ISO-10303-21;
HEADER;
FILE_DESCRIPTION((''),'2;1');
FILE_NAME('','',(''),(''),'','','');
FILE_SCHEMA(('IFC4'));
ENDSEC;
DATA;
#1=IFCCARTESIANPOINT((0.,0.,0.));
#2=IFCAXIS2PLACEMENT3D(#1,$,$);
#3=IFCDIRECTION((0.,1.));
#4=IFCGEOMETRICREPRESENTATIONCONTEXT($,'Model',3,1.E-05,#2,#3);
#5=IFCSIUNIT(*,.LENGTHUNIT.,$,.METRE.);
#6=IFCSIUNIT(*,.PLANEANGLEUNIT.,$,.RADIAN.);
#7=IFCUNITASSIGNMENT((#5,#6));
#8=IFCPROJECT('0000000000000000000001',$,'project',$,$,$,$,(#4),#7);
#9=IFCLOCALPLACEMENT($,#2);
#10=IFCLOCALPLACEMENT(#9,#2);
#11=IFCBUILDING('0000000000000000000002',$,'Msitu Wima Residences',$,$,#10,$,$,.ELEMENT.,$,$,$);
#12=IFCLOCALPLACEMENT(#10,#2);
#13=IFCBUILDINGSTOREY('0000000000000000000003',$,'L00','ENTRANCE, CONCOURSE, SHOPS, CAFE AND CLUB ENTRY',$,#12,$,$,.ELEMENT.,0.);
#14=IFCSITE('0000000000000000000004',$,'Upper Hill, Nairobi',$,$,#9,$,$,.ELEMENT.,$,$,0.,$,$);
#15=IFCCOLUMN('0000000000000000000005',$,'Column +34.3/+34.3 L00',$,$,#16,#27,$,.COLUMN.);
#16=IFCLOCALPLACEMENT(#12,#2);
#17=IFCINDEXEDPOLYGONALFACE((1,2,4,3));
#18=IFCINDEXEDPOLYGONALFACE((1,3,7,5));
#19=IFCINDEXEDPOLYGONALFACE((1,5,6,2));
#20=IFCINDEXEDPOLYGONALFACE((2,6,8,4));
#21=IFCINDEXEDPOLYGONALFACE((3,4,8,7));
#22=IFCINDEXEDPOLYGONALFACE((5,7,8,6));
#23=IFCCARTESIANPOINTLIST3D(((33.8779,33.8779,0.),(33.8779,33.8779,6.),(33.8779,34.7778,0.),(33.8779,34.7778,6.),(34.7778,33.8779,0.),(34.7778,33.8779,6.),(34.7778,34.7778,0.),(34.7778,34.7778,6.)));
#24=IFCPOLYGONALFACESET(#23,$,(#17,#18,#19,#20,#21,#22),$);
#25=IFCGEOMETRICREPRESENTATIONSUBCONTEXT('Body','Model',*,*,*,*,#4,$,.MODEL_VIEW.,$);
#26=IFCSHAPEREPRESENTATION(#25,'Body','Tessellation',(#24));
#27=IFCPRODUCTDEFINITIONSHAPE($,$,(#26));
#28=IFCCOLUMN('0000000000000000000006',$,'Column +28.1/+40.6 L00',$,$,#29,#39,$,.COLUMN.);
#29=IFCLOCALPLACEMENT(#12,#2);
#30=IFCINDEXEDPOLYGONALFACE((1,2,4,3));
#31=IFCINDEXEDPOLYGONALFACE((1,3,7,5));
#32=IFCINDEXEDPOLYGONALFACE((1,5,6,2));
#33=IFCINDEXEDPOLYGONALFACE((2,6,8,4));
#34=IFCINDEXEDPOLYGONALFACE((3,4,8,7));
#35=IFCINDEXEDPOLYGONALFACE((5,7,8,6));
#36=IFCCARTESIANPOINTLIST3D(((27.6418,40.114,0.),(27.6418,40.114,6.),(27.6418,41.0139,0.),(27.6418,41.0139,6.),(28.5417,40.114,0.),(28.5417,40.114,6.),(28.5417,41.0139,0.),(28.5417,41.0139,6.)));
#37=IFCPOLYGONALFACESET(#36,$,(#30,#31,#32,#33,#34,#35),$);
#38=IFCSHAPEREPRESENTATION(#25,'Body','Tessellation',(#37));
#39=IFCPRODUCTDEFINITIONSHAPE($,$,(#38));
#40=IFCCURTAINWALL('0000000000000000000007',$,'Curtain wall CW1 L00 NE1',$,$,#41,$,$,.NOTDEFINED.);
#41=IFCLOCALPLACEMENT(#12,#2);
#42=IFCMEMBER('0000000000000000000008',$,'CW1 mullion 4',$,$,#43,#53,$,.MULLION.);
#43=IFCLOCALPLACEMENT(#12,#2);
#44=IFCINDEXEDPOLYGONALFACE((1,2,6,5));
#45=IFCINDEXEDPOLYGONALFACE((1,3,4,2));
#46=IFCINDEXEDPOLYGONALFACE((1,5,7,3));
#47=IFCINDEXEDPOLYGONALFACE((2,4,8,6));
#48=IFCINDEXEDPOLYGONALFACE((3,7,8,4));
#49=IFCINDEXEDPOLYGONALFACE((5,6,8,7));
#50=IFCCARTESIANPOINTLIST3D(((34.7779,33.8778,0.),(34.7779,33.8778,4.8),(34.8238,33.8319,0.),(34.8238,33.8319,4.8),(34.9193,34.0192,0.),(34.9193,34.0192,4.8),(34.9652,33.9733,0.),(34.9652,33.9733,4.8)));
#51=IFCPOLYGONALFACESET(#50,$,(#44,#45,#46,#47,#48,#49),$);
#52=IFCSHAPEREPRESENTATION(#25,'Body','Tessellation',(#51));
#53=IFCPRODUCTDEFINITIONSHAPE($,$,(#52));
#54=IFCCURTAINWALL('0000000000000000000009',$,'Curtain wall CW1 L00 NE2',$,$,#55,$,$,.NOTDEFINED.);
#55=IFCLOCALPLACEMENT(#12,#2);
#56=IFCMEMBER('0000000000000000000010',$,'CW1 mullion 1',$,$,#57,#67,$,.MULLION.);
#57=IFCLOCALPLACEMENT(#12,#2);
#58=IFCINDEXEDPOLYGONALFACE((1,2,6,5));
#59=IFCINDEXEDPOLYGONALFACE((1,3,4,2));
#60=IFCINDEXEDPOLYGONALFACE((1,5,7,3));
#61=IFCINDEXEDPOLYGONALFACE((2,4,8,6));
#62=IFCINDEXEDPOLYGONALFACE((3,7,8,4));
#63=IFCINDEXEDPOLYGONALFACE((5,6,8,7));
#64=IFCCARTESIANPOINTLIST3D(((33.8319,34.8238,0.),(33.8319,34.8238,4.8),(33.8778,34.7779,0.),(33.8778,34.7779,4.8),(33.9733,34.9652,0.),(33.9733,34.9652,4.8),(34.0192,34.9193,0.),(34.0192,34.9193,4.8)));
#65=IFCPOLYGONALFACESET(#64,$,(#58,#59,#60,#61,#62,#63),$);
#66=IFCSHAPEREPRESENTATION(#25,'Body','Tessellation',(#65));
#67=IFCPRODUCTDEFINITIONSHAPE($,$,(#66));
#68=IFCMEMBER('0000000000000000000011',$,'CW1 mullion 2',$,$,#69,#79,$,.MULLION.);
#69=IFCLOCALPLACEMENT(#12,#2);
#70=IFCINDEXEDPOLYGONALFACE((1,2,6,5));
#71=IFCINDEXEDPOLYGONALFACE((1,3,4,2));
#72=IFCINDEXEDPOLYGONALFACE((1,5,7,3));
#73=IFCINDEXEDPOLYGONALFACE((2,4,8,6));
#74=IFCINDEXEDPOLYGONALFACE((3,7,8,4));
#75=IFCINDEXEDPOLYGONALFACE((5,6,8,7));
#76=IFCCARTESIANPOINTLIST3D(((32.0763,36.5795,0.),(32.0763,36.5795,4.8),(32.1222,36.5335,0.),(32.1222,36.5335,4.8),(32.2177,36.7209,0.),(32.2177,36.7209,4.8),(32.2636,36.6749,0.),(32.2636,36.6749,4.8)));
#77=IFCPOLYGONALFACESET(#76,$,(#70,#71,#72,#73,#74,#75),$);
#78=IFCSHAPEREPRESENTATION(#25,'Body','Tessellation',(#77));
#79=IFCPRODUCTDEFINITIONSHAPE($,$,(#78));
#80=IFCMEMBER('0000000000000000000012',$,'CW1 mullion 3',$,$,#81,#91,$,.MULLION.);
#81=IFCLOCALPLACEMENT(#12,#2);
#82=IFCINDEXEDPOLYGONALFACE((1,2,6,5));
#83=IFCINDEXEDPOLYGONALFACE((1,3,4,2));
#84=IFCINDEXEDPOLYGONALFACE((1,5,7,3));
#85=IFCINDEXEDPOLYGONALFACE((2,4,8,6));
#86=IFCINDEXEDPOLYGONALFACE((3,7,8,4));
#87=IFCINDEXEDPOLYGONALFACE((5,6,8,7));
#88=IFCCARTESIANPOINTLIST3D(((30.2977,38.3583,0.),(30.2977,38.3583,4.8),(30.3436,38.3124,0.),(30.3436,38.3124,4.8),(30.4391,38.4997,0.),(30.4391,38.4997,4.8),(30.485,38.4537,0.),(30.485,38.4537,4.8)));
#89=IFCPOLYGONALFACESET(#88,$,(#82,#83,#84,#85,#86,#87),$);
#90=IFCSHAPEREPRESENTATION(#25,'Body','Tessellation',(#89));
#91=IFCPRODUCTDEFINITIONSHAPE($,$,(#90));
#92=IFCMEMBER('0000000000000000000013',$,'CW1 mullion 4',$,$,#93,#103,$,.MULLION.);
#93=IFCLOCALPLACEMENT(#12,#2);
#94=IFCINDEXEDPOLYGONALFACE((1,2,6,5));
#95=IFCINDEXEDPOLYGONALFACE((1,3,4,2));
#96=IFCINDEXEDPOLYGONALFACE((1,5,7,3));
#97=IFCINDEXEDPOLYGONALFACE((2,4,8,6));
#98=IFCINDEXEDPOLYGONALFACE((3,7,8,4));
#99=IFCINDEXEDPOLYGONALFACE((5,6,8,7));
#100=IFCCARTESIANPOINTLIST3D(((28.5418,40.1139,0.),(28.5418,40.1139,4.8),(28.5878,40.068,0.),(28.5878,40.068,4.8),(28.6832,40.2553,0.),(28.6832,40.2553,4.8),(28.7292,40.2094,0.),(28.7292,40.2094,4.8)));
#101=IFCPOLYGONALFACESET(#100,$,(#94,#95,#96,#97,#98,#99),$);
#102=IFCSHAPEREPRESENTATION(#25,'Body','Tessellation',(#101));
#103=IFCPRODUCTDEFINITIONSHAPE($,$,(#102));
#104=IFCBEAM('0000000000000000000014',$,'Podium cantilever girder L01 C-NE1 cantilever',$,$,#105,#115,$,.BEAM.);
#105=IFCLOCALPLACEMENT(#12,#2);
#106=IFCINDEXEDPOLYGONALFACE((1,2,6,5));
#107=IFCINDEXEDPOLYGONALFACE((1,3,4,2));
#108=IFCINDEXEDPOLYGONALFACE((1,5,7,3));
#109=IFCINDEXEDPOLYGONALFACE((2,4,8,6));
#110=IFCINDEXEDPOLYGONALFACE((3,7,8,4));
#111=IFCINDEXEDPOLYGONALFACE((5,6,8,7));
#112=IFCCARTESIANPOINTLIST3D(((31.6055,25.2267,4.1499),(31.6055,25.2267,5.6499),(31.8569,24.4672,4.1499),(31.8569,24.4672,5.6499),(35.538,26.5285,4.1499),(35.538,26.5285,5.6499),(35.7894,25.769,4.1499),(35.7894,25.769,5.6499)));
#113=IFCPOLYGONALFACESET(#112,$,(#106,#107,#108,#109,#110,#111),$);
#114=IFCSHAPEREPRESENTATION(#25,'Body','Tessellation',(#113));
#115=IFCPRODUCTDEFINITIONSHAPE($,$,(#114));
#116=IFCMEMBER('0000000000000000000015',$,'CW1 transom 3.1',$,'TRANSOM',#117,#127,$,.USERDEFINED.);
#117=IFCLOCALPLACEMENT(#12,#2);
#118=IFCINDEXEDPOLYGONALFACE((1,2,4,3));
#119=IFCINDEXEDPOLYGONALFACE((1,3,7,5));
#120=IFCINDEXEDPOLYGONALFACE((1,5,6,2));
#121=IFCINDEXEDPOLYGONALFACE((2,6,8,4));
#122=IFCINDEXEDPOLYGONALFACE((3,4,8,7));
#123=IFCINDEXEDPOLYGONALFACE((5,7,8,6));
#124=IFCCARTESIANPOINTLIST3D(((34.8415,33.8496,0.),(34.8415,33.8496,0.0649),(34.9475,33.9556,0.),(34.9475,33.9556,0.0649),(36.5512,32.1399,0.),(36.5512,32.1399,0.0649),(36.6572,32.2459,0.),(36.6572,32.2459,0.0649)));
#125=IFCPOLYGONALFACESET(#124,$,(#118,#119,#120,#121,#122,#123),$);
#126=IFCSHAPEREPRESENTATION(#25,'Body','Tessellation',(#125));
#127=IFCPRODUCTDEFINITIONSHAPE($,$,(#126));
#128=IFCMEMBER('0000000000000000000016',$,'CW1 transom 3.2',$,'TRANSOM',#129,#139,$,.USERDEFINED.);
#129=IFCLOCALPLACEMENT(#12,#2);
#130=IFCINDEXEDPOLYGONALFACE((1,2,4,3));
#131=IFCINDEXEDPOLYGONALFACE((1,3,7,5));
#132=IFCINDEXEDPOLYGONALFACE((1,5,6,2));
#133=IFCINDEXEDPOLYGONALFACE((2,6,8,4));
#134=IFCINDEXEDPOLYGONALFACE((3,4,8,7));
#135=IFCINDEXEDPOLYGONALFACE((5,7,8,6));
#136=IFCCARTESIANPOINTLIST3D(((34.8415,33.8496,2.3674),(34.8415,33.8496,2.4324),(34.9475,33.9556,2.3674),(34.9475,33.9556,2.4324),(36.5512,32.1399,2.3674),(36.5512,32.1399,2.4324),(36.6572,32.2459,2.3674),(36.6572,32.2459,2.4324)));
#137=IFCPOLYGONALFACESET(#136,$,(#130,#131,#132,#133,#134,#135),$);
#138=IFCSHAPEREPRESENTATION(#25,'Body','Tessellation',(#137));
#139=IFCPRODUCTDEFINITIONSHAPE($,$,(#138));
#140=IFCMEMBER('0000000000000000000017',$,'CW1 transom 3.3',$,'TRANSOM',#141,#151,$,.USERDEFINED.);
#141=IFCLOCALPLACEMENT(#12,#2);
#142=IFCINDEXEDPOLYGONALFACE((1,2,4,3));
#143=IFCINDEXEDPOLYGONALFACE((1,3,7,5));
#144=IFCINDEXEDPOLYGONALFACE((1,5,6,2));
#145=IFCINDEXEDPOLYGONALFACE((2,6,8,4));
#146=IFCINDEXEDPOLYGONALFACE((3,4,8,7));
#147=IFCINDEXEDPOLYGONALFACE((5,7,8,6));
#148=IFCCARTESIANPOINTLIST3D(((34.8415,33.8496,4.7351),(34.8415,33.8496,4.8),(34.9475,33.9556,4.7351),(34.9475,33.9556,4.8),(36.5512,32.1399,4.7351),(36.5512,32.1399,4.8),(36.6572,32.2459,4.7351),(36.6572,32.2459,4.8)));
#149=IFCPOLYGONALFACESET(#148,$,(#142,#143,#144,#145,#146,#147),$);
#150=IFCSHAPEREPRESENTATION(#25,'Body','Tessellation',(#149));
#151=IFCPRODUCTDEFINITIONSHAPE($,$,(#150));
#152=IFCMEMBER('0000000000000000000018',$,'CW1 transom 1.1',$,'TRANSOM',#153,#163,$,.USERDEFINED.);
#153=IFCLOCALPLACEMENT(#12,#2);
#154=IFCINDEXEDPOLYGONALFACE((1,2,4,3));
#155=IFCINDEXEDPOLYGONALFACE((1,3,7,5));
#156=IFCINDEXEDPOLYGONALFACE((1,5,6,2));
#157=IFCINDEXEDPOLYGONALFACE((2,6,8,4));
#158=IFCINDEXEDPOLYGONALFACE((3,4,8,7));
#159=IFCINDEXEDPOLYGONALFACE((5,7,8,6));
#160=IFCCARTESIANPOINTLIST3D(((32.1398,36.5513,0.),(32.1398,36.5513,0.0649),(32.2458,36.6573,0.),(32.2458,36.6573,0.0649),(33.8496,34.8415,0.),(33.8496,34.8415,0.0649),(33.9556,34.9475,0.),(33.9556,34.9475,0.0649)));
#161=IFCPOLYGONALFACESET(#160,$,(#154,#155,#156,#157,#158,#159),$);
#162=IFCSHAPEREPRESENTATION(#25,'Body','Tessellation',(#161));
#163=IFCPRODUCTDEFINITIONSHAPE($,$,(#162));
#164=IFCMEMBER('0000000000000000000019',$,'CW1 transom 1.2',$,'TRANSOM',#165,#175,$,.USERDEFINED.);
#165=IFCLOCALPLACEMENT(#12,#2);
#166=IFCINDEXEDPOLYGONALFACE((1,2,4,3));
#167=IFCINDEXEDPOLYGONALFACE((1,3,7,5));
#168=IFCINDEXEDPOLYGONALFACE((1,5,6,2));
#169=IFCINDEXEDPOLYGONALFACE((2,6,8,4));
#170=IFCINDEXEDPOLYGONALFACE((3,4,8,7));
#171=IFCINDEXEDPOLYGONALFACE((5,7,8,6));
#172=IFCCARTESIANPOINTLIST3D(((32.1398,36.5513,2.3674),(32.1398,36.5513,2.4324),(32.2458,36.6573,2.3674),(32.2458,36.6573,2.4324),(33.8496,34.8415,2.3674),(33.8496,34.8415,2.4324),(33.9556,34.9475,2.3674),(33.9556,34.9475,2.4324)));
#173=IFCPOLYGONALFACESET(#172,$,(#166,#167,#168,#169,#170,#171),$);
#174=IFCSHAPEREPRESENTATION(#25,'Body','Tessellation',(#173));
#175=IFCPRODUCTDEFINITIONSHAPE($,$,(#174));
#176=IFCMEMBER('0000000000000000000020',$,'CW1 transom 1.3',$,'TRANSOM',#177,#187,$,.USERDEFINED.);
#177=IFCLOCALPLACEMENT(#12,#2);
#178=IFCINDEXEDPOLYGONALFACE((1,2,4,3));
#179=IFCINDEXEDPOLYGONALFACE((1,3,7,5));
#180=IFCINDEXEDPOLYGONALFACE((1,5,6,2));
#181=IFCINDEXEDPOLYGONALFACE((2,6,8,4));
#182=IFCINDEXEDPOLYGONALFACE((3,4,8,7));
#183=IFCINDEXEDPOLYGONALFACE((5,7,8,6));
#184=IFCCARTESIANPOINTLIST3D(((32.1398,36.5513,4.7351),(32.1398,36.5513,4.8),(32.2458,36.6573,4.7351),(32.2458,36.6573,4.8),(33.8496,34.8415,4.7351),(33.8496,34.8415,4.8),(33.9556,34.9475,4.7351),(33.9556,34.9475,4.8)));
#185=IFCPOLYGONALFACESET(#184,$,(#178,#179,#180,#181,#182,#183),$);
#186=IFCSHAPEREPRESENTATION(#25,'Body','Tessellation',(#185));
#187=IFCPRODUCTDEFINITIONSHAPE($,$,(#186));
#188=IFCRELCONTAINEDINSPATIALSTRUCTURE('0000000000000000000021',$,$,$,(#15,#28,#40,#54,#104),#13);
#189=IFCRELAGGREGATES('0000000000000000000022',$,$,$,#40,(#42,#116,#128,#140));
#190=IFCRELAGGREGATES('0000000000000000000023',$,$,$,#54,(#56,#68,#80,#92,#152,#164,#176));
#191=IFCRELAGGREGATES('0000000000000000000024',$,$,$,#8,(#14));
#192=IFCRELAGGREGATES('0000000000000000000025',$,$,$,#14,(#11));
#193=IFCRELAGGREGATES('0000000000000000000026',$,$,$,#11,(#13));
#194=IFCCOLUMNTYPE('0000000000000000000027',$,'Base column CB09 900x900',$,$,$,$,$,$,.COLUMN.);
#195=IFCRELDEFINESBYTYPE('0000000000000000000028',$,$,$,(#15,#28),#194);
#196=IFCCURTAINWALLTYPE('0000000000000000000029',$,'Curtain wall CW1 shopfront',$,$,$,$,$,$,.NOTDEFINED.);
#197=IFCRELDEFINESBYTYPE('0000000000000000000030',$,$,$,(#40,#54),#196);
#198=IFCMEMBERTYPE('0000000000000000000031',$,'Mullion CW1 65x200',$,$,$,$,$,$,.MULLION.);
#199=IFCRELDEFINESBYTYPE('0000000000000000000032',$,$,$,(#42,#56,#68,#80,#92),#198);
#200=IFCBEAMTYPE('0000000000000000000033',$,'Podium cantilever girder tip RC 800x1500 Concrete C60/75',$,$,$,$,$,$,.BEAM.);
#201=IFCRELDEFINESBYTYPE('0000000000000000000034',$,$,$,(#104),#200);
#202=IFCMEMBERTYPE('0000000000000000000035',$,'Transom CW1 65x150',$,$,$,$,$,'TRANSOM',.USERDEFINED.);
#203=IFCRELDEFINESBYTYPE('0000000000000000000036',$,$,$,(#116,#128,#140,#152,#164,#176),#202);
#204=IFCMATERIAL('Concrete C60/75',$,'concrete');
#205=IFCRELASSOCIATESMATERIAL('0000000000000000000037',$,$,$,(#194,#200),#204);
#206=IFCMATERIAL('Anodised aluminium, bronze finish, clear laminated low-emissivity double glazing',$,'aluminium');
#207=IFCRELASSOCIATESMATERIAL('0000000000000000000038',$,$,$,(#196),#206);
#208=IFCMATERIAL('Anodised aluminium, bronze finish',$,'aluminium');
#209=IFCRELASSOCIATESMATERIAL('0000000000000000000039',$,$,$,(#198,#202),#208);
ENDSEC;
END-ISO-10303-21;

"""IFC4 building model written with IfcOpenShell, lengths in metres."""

from ifc_helpers import new_model, si_unit, direction, frame, origin, origin_2d, place, context, subcontext, project, spatial, rectangle, extrude, material, material_profile, profile_set, type_object, element, aggregate, save


model = new_model("IFC4")

# Units and contexts
model_context = context("Model", 3, precision=1e-05, world=origin(), true_north=direction((0.0, 1.0)))
body_context = subcontext(model_context, "Body", "Model", "MODEL_VIEW")
ifc_project = project(units=[si_unit("LENGTHUNIT", "METRE"), si_unit("PLANEANGLEUNIT", "RADIAN")], contexts=[model_context])

# Site, building, storey
site_placement = place(None, origin())
site = spatial("IfcSite", under=ifc_project, at=site_placement, Name="Upper Hill, Nairobi", CompositionType="ELEMENT", RefElevation=0.0)
building_placement = place(site_placement, origin())
building = spatial("IfcBuilding", under=site, at=building_placement, Name="Msitu Wima Residences", CompositionType="ELEMENT")
storey_placement = place(building_placement, origin())
storey = spatial("IfcBuildingStorey", under=building, at=storey_placement, Name="L00", Description="ENTRANCE, CONCOURSE, SHOPS, CAFE AND CLUB ENTRY", CompositionType="ELEMENT", Elevation=0.0)

# Columns
ifc_material_1 = material(Name="Concrete C60/75", Category="concrete")
ifc_material_profile_1 = material_profile(ifc_material_1, rectangle(XDim=0.8999, YDim=0.8999, at=origin_2d()), Name="RC 900x900")
ifc_profile_set_1 = profile_set([ifc_material_profile_1], Name="Concrete C60/75")
column_type = type_object("IfcColumnType", Name="Base column CB09 900x900", PredefinedType="COLUMN", material=ifc_profile_set_1)
for number, where, z_axis, x_axis, name in (
    (1, (34.3279, 34.3279, 0.0), (0.0, 0.0, 1.0), (1.0, 0.0, 0.0), "Column +34.3/+34.3 L00"),
    (2, (28.0918, 40.564, 0.0), (0.0, 0.0, 1.0), (1.0, 0.0, 0.0), "Column +28.1/+40.6 L00"),
):
    element("IfcColumn", number, at=place(storey_placement, frame(where, z_axis=z_axis, x_axis=x_axis)), inside=storey, type_object=column_type, Name=name, PredefinedType="COLUMN", context=body_context, shape_type="SweptSolid", body=[
        extrude(rectangle(XDim=0.8999, YDim=0.8999, at=origin_2d()), origin(), (0.0, 0.0, 1.0), 6.0),
    ])

# Curtain wall, member
ifc_material_2 = material(Name="Anodised aluminium, bronze finish, clear laminated low-emissivity double glazing", Category="aluminium")
curtain_wall_type = type_object("IfcCurtainWallType", Name="Curtain wall CW1 shopfront", PredefinedType="NOTDEFINED", material=ifc_material_2)
curtain_wall_1_placement = place(storey_placement, origin())
curtain_wall_1 = element("IfcCurtainWall", 3, at=curtain_wall_1_placement, inside=storey, type_object=curtain_wall_type, Name="Curtain wall CW1 L00 NE1", PredefinedType="NOTDEFINED")
ifc_material_3 = material(Name="Anodised aluminium, bronze finish", Category="aluminium")
ifc_material_profile_2 = material_profile(ifc_material_3, rectangle(XDim=0.2, YDim=0.0649, at=origin_2d()), Name="Mullion 65x200")
ifc_profile_set_2 = profile_set([ifc_material_profile_2], Name="Anodised aluminium, bronze finish")
member_type_1 = type_object("IfcMemberType", Name="Mullion CW1 65x200", PredefinedType="MULLION", material=ifc_profile_set_2)
member_1_placement = place(storey_placement, frame((34.8716, 33.9255, 0.0), z_axis=(0.0, 0.0, 1.0), x_axis=(-0.707107, -0.707107, 0.0)))
member_1 = element("IfcMember", 4, at=member_1_placement, type_object=member_type_1, Name="CW1 mullion 4", PredefinedType="MULLION", context=body_context, shape_type="SweptSolid", body=[
    extrude(rectangle(XDim=0.2, YDim=0.0649, at=origin_2d()), origin(), (0.0, 0.0, 1.0), 4.8),
])

# Curtain wall, members
curtain_wall_2_placement = place(storey_placement, origin())
curtain_wall_2 = element("IfcCurtainWall", 5, at=curtain_wall_2_placement, inside=storey, type_object=curtain_wall_type, Name="Curtain wall CW1 L00 NE2", PredefinedType="NOTDEFINED")
member_2_placement = place(storey_placement, frame((33.9255, 34.8716, 0.0), z_axis=(0.0, 0.0, 1.0), x_axis=(-0.707107, -0.707107, 0.0)))
member_2 = element("IfcMember", 6, at=member_2_placement, type_object=member_type_1, Name="CW1 mullion 1", PredefinedType="MULLION", context=body_context, shape_type="SweptSolid", body=[
    extrude(rectangle(XDim=0.2, YDim=0.0649, at=origin_2d()), origin(), (0.0, 0.0, 1.0), 4.8),
])
member_3_placement = place(storey_placement, frame((32.1699, 36.6272, 0.0), z_axis=(0.0, 0.0, 1.0), x_axis=(-0.707107, -0.707107, 0.0)))
member_3 = element("IfcMember", 7, at=member_3_placement, type_object=member_type_1, Name="CW1 mullion 2", PredefinedType="MULLION", context=body_context, shape_type="SweptSolid", body=[
    extrude(rectangle(XDim=0.2, YDim=0.0649, at=origin_2d()), origin(), (0.0, 0.0, 1.0), 4.8),
])
member_4_placement = place(storey_placement, frame((30.3914, 38.406, 0.0), z_axis=(0.0, 0.0, 1.0), x_axis=(-0.707107, -0.707107, 0.0)))
member_4 = element("IfcMember", 8, at=member_4_placement, type_object=member_type_1, Name="CW1 mullion 3", PredefinedType="MULLION", context=body_context, shape_type="SweptSolid", body=[
    extrude(rectangle(XDim=0.2, YDim=0.0649, at=origin_2d()), origin(), (0.0, 0.0, 1.0), 4.8),
])
member_5_placement = place(storey_placement, frame((28.6355, 40.1616, 0.0), z_axis=(0.0, 0.0, 1.0), x_axis=(-0.707107, -0.707107, 0.0)))
member_5 = element("IfcMember", 9, at=member_5_placement, type_object=member_type_1, Name="CW1 mullion 4", PredefinedType="MULLION", context=body_context, shape_type="SweptSolid", body=[
    extrude(rectangle(XDim=0.2, YDim=0.0649, at=origin_2d()), origin(), (0.0, 0.0, 1.0), 4.8),
])

# Beam
ifc_material_profile_3 = material_profile(ifc_material_1, rectangle(XDim=0.8, YDim=1.5, at=origin_2d()), Name="RC 800x1500")
ifc_profile_set_3 = profile_set([ifc_material_profile_3], Name="Concrete C60/75")
beam_type = type_object("IfcBeamType", Name="Podium cantilever girder tip RC 800x1500 Concrete C60/75", PredefinedType="BEAM", material=ifc_profile_set_3)
beam_placement = place(storey_placement, frame((31.7312, 24.8469, 4.8999), z_axis=(0.949335, 0.314264, 0.0), x_axis=(-0.314264, 0.949335, 0.0)))
element("IfcBeam", 10, at=beam_placement, inside=storey, type_object=beam_type, Name="Podium cantilever girder L01 C-NE1 cantilever", PredefinedType="BEAM", context=body_context, shape_type="SweptSolid", body=[
    extrude(rectangle(XDim=0.8, YDim=1.5, at=origin_2d()), origin(), (0.0, 0.0, 1.0), 4.1423),
])

# Members
ifc_material_profile_4 = material_profile(ifc_material_3, rectangle(XDim=0.1499, YDim=0.0649, at=origin_2d()), Name="Transom 65x150")
ifc_profile_set_4 = profile_set([ifc_material_profile_4], Name="Anodised aluminium, bronze finish")
member_type_2 = type_object("IfcMemberType", Name="Transom CW1 65x150", ElementType="TRANSOM", PredefinedType="USERDEFINED", material=ifc_profile_set_4)
member_6_placement = place(storey_placement, frame((36.6042, 32.1929, 0.0325), z_axis=(-0.707107, 0.707107, 0.0), x_axis=(-0.707107, -0.707107, 0.0)))
member_6 = element("IfcMember", 11, at=member_6_placement, type_object=member_type_2, Name="CW1 transom 3.1", ObjectType="TRANSOM", PredefinedType="USERDEFINED", context=body_context, shape_type="SweptSolid", body=[
    extrude(rectangle(XDim=0.1499, YDim=0.0649, at=origin_2d()), origin(), (0.0, 0.0, 1.0), 2.418),
])
member_7_placement = place(storey_placement, frame((36.6042, 32.1929, 2.3999), z_axis=(-0.707107, 0.707107, 0.0), x_axis=(-0.707107, -0.707107, 0.0)))
member_7 = element("IfcMember", 12, at=member_7_placement, type_object=member_type_2, Name="CW1 transom 3.2", ObjectType="TRANSOM", PredefinedType="USERDEFINED", context=body_context, shape_type="SweptSolid", body=[
    extrude(rectangle(XDim=0.1499, YDim=0.0649, at=origin_2d()), origin(), (0.0, 0.0, 1.0), 2.418),
])
member_8_placement = place(storey_placement, frame((36.6042, 32.1929, 4.7676), z_axis=(-0.707107, 0.707107, 0.0), x_axis=(-0.707107, -0.707107, 0.0)))
member_8 = element("IfcMember", 13, at=member_8_placement, type_object=member_type_2, Name="CW1 transom 3.3", ObjectType="TRANSOM", PredefinedType="USERDEFINED", context=body_context, shape_type="SweptSolid", body=[
    extrude(rectangle(XDim=0.1499, YDim=0.0649, at=origin_2d()), origin(), (0.0, 0.0, 1.0), 2.418),
])
member_9_placement = place(storey_placement, frame((33.9026, 34.8945, 0.0325), z_axis=(-0.707107, 0.707107, 0.0), x_axis=(-0.707107, -0.707107, 0.0)))
member_9 = element("IfcMember", 14, at=member_9_placement, type_object=member_type_2, Name="CW1 transom 1.1", ObjectType="TRANSOM", PredefinedType="USERDEFINED", context=body_context, shape_type="SweptSolid", body=[
    extrude(rectangle(XDim=0.1499, YDim=0.0649, at=origin_2d()), origin(), (0.0, 0.0, 1.0), 2.418),
])
member_10_placement = place(storey_placement, frame((33.9026, 34.8945, 2.3999), z_axis=(-0.707107, 0.707107, 0.0), x_axis=(-0.707107, -0.707107, 0.0)))
member_10 = element("IfcMember", 15, at=member_10_placement, type_object=member_type_2, Name="CW1 transom 1.2", ObjectType="TRANSOM", PredefinedType="USERDEFINED", context=body_context, shape_type="SweptSolid", body=[
    extrude(rectangle(XDim=0.1499, YDim=0.0649, at=origin_2d()), origin(), (0.0, 0.0, 1.0), 2.418),
])
member_11_placement = place(storey_placement, frame((33.9026, 34.8945, 4.7676), z_axis=(-0.707107, 0.707107, 0.0), x_axis=(-0.707107, -0.707107, 0.0)))
member_11 = element("IfcMember", 16, at=member_11_placement, type_object=member_type_2, Name="CW1 transom 1.3", ObjectType="TRANSOM", PredefinedType="USERDEFINED", context=body_context, shape_type="SweptSolid", body=[
    extrude(rectangle(XDim=0.1499, YDim=0.0649, at=origin_2d()), origin(), (0.0, 0.0, 1.0), 2.418),
])

aggregate(curtain_wall_1, [member_1, member_6, member_7, member_8])
aggregate(curtain_wall_2, [member_2, member_3, member_4, member_5, member_9, member_10, member_11])

save(model, "model.ifc")
